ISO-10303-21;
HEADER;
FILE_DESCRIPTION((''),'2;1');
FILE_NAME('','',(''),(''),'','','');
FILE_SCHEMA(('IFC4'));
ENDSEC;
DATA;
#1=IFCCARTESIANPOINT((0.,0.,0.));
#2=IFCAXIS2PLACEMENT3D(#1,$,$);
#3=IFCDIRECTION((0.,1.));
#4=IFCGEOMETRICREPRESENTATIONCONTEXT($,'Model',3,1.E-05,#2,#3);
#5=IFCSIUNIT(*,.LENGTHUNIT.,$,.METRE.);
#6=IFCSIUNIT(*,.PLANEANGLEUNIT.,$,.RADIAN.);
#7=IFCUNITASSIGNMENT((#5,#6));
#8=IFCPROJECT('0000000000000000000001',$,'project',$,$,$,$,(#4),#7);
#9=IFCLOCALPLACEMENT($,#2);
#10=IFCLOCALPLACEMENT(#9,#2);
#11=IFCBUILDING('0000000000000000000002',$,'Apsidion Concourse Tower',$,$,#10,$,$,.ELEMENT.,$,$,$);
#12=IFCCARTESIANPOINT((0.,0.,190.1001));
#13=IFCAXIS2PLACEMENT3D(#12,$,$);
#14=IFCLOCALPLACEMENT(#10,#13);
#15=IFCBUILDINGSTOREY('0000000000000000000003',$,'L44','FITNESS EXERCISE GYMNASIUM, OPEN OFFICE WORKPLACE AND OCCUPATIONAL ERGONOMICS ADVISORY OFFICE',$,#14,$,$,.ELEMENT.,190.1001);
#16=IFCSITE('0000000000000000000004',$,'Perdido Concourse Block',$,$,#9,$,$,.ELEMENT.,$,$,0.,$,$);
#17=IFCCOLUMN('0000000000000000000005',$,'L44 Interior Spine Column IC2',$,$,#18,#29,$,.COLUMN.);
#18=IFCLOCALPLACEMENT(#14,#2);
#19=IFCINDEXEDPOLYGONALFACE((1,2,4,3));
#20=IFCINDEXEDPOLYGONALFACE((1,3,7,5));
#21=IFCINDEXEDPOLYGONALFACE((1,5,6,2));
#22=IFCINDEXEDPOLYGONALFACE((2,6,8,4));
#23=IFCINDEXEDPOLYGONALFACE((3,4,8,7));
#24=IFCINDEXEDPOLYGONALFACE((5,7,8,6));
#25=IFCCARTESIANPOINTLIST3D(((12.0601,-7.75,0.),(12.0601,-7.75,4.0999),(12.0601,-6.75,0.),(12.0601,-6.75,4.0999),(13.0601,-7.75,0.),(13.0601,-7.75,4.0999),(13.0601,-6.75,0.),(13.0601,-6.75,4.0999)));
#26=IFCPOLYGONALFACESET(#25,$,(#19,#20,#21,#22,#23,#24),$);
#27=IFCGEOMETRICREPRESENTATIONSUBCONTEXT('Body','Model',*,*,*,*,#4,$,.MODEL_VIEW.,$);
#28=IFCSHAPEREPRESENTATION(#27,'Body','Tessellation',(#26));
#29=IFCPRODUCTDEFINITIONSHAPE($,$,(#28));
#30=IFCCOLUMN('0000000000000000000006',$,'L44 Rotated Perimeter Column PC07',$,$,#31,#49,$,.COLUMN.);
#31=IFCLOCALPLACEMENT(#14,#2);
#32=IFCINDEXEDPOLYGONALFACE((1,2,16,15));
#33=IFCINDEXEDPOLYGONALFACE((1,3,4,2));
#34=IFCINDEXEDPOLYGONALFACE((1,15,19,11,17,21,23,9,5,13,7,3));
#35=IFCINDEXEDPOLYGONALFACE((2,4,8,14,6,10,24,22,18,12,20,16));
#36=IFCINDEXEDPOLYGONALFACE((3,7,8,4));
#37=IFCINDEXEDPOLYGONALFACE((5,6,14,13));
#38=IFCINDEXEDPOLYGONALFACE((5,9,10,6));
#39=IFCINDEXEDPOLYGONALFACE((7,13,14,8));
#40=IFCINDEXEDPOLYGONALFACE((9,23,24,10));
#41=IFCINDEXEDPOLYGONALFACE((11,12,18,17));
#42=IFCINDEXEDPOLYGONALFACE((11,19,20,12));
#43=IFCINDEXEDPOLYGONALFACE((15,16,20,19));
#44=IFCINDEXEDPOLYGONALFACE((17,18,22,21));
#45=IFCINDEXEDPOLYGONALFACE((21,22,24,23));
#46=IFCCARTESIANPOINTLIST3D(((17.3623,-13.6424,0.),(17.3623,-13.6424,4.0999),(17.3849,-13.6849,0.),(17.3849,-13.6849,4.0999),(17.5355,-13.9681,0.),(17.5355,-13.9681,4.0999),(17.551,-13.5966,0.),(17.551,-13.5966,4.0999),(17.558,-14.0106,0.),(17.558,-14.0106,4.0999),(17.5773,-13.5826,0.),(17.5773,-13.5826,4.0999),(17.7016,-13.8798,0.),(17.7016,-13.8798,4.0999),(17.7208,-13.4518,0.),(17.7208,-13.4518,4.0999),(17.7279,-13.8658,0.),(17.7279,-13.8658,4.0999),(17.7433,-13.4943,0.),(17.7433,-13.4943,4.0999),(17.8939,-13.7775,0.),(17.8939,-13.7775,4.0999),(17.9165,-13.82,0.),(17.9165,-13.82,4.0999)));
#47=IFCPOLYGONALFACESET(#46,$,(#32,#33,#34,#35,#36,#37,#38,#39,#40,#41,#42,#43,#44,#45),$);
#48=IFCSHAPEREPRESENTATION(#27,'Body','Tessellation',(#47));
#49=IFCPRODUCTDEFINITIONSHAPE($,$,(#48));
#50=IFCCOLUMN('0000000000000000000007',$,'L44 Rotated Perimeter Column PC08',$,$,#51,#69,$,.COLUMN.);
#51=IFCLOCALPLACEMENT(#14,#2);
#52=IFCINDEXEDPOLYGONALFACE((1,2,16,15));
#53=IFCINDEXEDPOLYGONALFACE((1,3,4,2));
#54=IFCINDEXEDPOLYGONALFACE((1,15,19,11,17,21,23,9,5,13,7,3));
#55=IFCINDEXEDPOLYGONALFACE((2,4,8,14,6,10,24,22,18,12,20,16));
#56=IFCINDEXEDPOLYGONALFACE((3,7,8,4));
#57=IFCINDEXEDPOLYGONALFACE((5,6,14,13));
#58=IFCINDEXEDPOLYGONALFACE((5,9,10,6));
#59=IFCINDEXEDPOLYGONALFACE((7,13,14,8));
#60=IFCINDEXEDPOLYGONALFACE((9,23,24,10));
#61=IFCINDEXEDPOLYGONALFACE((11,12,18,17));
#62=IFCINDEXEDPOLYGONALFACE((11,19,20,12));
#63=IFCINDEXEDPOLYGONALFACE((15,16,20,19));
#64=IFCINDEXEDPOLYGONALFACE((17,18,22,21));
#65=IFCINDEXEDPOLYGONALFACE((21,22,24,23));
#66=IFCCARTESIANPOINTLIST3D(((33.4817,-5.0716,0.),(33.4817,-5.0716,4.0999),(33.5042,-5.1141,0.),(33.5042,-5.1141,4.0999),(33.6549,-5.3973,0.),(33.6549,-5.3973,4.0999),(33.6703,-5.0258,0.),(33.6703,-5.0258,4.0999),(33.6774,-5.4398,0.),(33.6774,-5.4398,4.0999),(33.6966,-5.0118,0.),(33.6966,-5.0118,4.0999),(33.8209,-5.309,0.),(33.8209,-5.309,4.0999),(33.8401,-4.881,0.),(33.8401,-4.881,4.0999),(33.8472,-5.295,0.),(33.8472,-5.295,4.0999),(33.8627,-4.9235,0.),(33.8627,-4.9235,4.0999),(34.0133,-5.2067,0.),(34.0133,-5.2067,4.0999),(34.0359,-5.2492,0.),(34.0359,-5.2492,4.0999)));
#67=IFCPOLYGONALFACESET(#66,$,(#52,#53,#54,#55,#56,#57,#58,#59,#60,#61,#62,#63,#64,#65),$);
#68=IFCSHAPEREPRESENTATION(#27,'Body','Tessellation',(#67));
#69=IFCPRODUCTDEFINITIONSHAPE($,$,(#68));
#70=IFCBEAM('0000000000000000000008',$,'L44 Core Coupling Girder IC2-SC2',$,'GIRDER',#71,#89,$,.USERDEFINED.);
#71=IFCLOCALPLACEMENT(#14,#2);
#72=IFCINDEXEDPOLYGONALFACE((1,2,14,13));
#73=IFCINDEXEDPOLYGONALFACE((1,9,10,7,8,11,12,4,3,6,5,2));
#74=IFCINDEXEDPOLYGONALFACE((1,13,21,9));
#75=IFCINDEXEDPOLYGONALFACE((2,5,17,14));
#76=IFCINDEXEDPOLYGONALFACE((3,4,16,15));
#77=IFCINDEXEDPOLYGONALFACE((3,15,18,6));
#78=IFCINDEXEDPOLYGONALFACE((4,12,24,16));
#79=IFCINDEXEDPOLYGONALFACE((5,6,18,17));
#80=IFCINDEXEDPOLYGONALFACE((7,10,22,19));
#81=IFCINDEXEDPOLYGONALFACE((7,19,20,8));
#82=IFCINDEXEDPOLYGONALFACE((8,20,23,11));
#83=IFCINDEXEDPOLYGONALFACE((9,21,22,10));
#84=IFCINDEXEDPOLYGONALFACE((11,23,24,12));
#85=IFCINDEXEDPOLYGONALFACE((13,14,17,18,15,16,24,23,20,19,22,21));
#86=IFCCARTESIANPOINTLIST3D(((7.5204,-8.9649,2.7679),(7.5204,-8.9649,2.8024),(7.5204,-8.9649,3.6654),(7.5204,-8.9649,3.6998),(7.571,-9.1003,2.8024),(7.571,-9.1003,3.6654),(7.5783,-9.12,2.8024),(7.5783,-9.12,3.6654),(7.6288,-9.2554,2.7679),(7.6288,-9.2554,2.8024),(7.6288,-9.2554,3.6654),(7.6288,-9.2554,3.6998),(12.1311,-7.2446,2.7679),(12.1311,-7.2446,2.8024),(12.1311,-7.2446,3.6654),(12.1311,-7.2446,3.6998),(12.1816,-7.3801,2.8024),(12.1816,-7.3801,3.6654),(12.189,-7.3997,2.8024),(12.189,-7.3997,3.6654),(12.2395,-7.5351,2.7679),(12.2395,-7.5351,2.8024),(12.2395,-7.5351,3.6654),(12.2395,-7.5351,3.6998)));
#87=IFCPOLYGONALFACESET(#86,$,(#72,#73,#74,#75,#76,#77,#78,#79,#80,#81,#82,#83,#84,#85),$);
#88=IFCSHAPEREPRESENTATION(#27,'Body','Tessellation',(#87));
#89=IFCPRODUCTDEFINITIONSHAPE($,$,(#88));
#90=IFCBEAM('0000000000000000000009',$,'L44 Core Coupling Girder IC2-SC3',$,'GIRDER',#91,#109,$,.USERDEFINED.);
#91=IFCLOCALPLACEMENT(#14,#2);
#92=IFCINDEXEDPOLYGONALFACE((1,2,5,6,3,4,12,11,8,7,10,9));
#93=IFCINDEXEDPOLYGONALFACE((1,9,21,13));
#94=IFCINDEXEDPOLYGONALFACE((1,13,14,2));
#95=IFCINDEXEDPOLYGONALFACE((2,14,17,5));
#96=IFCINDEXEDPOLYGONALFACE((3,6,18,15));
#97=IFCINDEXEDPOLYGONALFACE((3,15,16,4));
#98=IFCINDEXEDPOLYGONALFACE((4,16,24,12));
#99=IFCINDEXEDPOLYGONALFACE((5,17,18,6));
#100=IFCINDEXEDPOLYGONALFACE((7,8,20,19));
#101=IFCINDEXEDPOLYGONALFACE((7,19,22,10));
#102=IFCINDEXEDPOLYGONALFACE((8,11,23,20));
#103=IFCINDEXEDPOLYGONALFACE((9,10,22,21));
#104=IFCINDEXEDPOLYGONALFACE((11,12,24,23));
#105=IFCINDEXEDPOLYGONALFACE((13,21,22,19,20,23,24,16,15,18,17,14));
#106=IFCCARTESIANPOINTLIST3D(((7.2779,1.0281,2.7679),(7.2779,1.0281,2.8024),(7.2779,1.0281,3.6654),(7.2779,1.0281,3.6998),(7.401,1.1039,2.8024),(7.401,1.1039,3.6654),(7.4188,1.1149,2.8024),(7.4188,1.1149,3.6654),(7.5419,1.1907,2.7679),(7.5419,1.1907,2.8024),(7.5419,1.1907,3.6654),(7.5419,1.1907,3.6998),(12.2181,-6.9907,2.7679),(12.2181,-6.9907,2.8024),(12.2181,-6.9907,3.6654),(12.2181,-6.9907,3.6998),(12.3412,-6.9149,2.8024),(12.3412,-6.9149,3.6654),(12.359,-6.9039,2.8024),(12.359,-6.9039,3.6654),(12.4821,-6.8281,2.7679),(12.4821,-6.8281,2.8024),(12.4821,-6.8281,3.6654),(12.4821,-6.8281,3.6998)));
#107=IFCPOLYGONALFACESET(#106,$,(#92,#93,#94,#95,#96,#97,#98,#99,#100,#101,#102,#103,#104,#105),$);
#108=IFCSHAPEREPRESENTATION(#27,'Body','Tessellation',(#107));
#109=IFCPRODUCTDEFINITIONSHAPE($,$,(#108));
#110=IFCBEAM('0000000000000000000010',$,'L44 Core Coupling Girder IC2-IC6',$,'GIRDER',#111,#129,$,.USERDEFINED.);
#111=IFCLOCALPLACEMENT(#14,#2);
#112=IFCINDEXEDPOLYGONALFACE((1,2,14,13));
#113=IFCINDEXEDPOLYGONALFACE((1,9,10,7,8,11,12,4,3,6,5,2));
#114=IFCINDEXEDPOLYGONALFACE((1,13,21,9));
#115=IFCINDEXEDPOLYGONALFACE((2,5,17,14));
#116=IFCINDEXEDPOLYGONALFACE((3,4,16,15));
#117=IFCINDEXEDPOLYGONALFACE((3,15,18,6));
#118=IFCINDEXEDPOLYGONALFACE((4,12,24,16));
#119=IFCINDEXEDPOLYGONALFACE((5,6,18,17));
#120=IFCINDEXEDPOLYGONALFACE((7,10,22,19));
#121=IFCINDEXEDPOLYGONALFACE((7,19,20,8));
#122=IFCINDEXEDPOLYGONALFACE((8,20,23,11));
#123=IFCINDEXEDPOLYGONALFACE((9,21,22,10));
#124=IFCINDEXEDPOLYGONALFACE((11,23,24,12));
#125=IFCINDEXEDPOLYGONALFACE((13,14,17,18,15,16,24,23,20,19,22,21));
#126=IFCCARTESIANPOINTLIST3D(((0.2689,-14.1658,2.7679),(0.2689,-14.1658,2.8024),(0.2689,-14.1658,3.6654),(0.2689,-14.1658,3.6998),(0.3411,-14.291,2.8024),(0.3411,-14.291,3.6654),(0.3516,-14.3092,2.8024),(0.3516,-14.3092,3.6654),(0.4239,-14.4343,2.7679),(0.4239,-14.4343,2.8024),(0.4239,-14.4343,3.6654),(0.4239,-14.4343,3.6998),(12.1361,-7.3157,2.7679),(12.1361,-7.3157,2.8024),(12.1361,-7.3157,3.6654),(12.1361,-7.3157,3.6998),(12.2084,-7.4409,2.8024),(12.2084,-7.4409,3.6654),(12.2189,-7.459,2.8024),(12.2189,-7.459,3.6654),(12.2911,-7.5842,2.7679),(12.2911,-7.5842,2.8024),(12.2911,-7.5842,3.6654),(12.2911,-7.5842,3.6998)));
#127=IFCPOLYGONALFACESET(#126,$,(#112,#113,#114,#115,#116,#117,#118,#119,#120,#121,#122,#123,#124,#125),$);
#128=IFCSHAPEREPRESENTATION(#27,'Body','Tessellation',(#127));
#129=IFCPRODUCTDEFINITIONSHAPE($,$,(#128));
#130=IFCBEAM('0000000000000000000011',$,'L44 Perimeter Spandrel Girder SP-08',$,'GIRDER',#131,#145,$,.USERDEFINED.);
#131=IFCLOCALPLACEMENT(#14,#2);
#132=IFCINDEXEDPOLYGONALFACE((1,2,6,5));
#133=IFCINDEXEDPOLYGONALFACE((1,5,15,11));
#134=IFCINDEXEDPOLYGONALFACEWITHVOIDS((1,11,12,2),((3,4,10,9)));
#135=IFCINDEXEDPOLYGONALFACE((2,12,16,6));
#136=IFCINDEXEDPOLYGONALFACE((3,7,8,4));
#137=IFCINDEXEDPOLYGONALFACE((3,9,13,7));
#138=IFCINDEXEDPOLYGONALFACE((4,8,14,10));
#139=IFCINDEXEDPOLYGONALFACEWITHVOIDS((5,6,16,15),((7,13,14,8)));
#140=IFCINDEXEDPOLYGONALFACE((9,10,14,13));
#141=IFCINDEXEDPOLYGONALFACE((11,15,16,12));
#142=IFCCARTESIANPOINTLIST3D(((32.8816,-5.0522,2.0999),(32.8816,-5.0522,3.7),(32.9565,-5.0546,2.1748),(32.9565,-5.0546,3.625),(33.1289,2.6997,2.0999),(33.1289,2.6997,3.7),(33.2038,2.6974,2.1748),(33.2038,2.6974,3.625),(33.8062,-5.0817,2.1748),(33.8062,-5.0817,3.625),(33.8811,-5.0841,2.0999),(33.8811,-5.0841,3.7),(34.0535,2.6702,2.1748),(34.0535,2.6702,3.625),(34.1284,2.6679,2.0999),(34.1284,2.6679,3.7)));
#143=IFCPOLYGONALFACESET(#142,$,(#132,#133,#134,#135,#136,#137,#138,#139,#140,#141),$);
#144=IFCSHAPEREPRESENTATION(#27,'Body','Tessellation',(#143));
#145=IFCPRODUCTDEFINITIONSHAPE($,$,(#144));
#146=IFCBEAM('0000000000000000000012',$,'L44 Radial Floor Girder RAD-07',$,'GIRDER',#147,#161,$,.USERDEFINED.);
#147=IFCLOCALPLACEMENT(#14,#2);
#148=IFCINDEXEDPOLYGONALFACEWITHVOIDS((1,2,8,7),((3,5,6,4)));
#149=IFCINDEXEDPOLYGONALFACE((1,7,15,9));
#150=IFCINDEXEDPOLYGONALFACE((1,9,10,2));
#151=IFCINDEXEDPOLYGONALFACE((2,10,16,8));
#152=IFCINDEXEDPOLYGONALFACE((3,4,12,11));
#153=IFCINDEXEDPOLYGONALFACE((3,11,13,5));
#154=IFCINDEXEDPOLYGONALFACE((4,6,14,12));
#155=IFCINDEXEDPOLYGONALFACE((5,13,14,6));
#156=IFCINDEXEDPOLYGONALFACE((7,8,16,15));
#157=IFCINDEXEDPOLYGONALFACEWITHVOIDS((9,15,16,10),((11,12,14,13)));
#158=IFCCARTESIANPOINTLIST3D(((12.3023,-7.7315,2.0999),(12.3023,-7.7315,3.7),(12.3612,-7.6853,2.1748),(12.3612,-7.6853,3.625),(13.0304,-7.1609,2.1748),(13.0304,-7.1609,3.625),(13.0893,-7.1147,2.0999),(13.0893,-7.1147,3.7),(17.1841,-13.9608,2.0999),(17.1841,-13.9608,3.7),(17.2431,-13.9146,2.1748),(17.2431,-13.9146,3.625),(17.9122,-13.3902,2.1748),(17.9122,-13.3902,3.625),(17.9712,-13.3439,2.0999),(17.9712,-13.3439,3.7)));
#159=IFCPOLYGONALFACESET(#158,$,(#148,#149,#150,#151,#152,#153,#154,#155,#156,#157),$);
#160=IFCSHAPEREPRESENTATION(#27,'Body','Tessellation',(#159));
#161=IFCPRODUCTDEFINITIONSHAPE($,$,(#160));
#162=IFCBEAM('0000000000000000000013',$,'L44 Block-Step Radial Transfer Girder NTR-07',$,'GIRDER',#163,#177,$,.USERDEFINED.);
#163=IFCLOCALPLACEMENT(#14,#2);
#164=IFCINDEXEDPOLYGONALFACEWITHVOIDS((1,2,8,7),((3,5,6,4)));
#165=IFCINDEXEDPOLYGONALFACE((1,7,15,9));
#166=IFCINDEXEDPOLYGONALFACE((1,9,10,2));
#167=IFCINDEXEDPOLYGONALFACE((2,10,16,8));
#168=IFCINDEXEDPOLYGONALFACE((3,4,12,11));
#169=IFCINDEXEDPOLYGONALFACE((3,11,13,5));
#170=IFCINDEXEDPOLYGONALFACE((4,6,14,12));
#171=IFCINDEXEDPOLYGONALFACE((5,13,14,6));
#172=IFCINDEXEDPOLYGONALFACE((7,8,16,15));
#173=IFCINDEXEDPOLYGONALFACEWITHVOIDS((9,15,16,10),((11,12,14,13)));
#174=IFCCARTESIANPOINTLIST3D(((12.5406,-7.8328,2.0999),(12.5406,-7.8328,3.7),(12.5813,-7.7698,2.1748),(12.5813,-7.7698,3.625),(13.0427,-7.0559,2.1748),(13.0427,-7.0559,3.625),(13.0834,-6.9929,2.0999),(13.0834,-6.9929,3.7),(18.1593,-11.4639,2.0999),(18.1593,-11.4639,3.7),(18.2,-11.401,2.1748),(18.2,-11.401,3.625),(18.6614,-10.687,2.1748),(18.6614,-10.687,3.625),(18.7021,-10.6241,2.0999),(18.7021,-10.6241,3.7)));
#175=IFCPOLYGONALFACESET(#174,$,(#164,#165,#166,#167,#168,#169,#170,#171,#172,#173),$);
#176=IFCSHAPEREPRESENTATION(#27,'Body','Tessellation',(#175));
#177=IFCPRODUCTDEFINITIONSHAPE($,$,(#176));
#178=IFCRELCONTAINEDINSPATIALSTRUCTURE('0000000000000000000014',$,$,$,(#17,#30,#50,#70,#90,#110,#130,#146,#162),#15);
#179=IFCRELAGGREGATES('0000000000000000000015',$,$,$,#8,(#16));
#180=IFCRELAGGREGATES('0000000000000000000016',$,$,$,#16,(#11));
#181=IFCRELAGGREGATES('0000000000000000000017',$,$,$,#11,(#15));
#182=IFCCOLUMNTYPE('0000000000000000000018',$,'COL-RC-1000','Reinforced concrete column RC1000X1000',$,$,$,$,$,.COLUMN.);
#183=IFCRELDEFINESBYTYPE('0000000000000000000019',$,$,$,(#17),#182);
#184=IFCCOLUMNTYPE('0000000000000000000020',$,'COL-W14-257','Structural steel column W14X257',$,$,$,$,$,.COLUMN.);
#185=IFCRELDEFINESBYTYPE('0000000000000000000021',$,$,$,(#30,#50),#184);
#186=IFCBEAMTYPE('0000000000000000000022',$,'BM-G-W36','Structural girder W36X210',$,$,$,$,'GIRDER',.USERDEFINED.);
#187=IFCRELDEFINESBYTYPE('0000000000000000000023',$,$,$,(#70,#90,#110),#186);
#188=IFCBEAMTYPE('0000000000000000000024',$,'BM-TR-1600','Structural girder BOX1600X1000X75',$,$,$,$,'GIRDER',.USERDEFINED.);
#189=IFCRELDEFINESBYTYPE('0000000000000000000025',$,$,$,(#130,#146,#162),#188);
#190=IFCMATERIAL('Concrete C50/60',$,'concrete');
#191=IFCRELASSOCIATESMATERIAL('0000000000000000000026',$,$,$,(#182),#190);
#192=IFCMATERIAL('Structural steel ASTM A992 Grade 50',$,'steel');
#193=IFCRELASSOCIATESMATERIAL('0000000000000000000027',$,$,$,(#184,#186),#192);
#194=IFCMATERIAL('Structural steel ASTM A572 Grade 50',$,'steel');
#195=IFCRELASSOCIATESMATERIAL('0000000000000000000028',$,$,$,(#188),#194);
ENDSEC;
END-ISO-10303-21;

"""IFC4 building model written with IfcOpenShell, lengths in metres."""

from ifc_helpers import new_model, si_unit, direction, frame, origin, origin_2d, place, context, subcontext, project, spatial, rectangle, hollow_rectangle, i_section, extrude, material, material_profile, profile_set, type_object, element, save


model = new_model("IFC4")

# Units and contexts
model_context = context("Model", 3, precision=1e-05, world=origin(), true_north=direction((0.0, 1.0)))
body_context = subcontext(model_context, "Body", "Model", "MODEL_VIEW")
ifc_project = project(units=[si_unit("LENGTHUNIT", "METRE"), si_unit("PLANEANGLEUNIT", "RADIAN")], contexts=[model_context])

# Site, building, storey
site_placement = place(None, origin())
site = spatial("IfcSite", under=ifc_project, at=site_placement, Name="Perdido Concourse Block", CompositionType="ELEMENT", RefElevation=0.0)
building_placement = place(site_placement, origin())
building = spatial("IfcBuilding", under=site, at=building_placement, Name="Apsidion Concourse Tower", CompositionType="ELEMENT")
storey_placement = place(building_placement, frame((0.0, 0.0, 190.1001)))
storey = spatial("IfcBuildingStorey", under=building, at=storey_placement, Name="L44", Description="FITNESS EXERCISE GYMNASIUM, OPEN OFFICE WORKPLACE AND OCCUPATIONAL ERGONOMICS ADVISORY OFFICE", CompositionType="ELEMENT", Elevation=190.1001)

# Columns
ifc_material_1 = material(Name="Concrete C50/60", Category="concrete")
ifc_material_profile_1 = material_profile(ifc_material_1, rectangle(XDim=1.0, YDim=1.0, at=origin_2d()), Name="RC 1000x1000")
ifc_profile_set_1 = profile_set([ifc_material_profile_1], Name="Concrete C50/60")
column_type_1 = type_object("IfcColumnType", Name="COL-RC-1000", Description="Reinforced concrete column RC1000X1000", PredefinedType="COLUMN", material=ifc_profile_set_1)
column_placement = place(storey_placement, frame((12.5601, -7.25, 0.0), z_axis=(0.0, 0.0, 1.0), x_axis=(1.0, 0.0, 0.0)))
element("IfcColumn", 1, at=column_placement, inside=storey, type_object=column_type_1, Name="L44 Interior Spine Column IC2", PredefinedType="COLUMN", context=body_context, shape_type="SweptSolid", body=[
    extrude(rectangle(XDim=1.0, YDim=1.0, at=origin_2d()), origin(), (0.0, 0.0, 1.0), 4.0999),
])
ifc_material_2 = material(Name="Structural steel ASTM A992 Grade 50", Category="steel")
ifc_material_profile_2 = material_profile(ifc_material_2, i_section(OverallWidth=0.406, OverallDepth=0.417, WebThickness=0.0298, FlangeThickness=0.0481, at=origin_2d()), Name="W14X257")
ifc_profile_set_2 = profile_set([ifc_material_profile_2], Name="Structural steel ASTM A992 Grade 50")
column_type_2 = type_object("IfcColumnType", Name="COL-W14-257", Description="Structural steel column W14X257", PredefinedType="COLUMN", material=ifc_profile_set_2)
for number, where, z_axis, x_axis, name in (
    (2, (17.6394, -13.7312, 0.0), (0.0, 0.0, 1.0), (0.882948, 0.469472, 0.0), "L44 Rotated Perimeter Column PC07"),
    (3, (33.7588, -5.1604, 0.0), (0.0, 0.0, 1.0), (0.882948, 0.469472, 0.0), "L44 Rotated Perimeter Column PC08"),
):
    element("IfcColumn", number, at=place(storey_placement, frame(where, z_axis=z_axis, x_axis=x_axis)), inside=storey, type_object=column_type_2, Name=name, PredefinedType="COLUMN", context=body_context, shape_type="SweptSolid", body=[
        extrude(i_section(OverallWidth=0.406, OverallDepth=0.417, WebThickness=0.0298, FlangeThickness=0.0481, at=origin_2d()), origin(), (0.0, 0.0, 1.0), 4.0999),
    ])

# Beams
ifc_material_profile_3 = material_profile(ifc_material_2, i_section(OverallWidth=0.3101, OverallDepth=0.9319, WebThickness=0.021, FlangeThickness=0.0344, at=origin_2d()), Name="W36X210")
ifc_profile_set_3 = profile_set([ifc_material_profile_3], Name="Structural steel ASTM A992 Grade 50")
beam_type_1 = type_object("IfcBeamType", Name="BM-G-W36", Description="Structural girder W36X210", ElementType="GIRDER", PredefinedType="USERDEFINED", material=ifc_profile_set_3)
beam_1_placement = place(storey_placement, frame((12.1853, -7.3899, 3.2339), z_axis=(-0.936913, -0.349563, 0.0), x_axis=(0.349563, -0.936913, 0.0)))
element("IfcBeam", 4, at=beam_1_placement, inside=storey, type_object=beam_type_1, Name="L44 Core Coupling Girder IC2-SC2", ObjectType="GIRDER", PredefinedType="USERDEFINED", context=body_context, shape_type="SweptSolid", body=[
    extrude(i_section(OverallWidth=0.3101, OverallDepth=0.9319, WebThickness=0.021, FlangeThickness=0.0344, at=origin_2d()), origin(), (0.0, 0.0, 1.0), 4.9211),
])
beam_2_placement = place(storey_placement, frame((12.3501, -6.9094, 3.2339), z_axis=(-0.524524, 0.851396, 0.0), x_axis=(-0.851396, -0.524524, 0.0)))
element("IfcBeam", 5, at=beam_2_placement, inside=storey, type_object=beam_type_1, Name="L44 Core Coupling Girder IC2-SC3", ObjectType="GIRDER", PredefinedType="USERDEFINED", context=body_context, shape_type="SweptSolid", body=[
    extrude(i_section(OverallWidth=0.3101, OverallDepth=0.9319, WebThickness=0.021, FlangeThickness=0.0344, at=origin_2d()), origin(), (0.0, 0.0, 1.0), 9.4185),
])
beam_3_placement = place(storey_placement, frame((12.2136, -7.45, 3.2339), z_axis=(-0.86607, -0.499922, 0.0), x_axis=(0.499922, -0.86607, 0.0)))
element("IfcBeam", 6, at=beam_3_placement, inside=storey, type_object=beam_type_1, Name="L44 Core Coupling Girder IC2-IC6", ObjectType="GIRDER", PredefinedType="USERDEFINED", context=body_context, shape_type="SweptSolid", body=[
    extrude(i_section(OverallWidth=0.3101, OverallDepth=0.9319, WebThickness=0.021, FlangeThickness=0.0344, at=origin_2d()), origin(), (0.0, 0.0, 1.0), 13.7024),
])
ifc_material_3 = material(Name="Structural steel ASTM A572 Grade 50", Category="steel")
ifc_material_profile_4 = material_profile(ifc_material_3, hollow_rectangle(XDim=1.0, YDim=1.6001, WallThickness=0.075, at=origin_2d()), Name="BOX1600X1000X75")
ifc_profile_set_4 = profile_set([ifc_material_profile_4], Name="Structural steel ASTM A572 Grade 50")
beam_type_2 = type_object("IfcBeamType", Name="BM-TR-1600", Description="Structural girder BOX1600X1000X75", ElementType="GIRDER", PredefinedType="USERDEFINED", material=ifc_profile_set_4)
beam_4_placement = place(storey_placement, frame((33.3813, -5.0681, 2.8999), z_axis=(0.031887, 0.999491, 0.0), x_axis=(-0.999491, 0.031887, 0.0)))
element("IfcBeam", 7, at=beam_4_placement, inside=storey, type_object=beam_type_2, Name="L44 Perimeter Spandrel Girder SP-08", ObjectType="GIRDER", PredefinedType="USERDEFINED", context=body_context, shape_type="SweptSolid", body=[
    extrude(hollow_rectangle(XDim=1.0, YDim=1.6001, WallThickness=0.075, at=origin_2d()), origin(), (0.0, 0.0, 1.0), 7.7559),
])
beam_5_placement = place(storey_placement, frame((12.6958, -7.4231, 2.8999), z_axis=(0.616839, -0.78709, 0.0), x_axis=(0.78709, 0.616839, 0.0)))
element("IfcBeam", 8, at=beam_5_placement, inside=storey, type_object=beam_type_2, Name="L44 Radial Floor Girder RAD-07", ObjectType="GIRDER", PredefinedType="USERDEFINED", context=body_context, shape_type="SweptSolid", body=[
    extrude(hollow_rectangle(XDim=1.0, YDim=1.6001, WallThickness=0.075, at=origin_2d()), origin(), (0.0, 0.0, 1.0), 7.9143),
])
beam_6_placement = place(storey_placement, frame((12.812, -7.4128, 2.8999), z_axis=(0.839876, -0.542778, 0.0), x_axis=(0.542778, 0.839876, 0.0)))
element("IfcBeam", 9, at=beam_6_placement, inside=storey, type_object=beam_type_2, Name="L44 Block-Step Radial Transfer Girder NTR-07", ObjectType="GIRDER", PredefinedType="USERDEFINED", context=body_context, shape_type="SweptSolid", body=[
    extrude(hollow_rectangle(XDim=1.0, YDim=1.6001, WallThickness=0.075, at=origin_2d()), origin(), (0.0, 0.0, 1.0), 6.6899),
])

save(model, "model.ifc")
